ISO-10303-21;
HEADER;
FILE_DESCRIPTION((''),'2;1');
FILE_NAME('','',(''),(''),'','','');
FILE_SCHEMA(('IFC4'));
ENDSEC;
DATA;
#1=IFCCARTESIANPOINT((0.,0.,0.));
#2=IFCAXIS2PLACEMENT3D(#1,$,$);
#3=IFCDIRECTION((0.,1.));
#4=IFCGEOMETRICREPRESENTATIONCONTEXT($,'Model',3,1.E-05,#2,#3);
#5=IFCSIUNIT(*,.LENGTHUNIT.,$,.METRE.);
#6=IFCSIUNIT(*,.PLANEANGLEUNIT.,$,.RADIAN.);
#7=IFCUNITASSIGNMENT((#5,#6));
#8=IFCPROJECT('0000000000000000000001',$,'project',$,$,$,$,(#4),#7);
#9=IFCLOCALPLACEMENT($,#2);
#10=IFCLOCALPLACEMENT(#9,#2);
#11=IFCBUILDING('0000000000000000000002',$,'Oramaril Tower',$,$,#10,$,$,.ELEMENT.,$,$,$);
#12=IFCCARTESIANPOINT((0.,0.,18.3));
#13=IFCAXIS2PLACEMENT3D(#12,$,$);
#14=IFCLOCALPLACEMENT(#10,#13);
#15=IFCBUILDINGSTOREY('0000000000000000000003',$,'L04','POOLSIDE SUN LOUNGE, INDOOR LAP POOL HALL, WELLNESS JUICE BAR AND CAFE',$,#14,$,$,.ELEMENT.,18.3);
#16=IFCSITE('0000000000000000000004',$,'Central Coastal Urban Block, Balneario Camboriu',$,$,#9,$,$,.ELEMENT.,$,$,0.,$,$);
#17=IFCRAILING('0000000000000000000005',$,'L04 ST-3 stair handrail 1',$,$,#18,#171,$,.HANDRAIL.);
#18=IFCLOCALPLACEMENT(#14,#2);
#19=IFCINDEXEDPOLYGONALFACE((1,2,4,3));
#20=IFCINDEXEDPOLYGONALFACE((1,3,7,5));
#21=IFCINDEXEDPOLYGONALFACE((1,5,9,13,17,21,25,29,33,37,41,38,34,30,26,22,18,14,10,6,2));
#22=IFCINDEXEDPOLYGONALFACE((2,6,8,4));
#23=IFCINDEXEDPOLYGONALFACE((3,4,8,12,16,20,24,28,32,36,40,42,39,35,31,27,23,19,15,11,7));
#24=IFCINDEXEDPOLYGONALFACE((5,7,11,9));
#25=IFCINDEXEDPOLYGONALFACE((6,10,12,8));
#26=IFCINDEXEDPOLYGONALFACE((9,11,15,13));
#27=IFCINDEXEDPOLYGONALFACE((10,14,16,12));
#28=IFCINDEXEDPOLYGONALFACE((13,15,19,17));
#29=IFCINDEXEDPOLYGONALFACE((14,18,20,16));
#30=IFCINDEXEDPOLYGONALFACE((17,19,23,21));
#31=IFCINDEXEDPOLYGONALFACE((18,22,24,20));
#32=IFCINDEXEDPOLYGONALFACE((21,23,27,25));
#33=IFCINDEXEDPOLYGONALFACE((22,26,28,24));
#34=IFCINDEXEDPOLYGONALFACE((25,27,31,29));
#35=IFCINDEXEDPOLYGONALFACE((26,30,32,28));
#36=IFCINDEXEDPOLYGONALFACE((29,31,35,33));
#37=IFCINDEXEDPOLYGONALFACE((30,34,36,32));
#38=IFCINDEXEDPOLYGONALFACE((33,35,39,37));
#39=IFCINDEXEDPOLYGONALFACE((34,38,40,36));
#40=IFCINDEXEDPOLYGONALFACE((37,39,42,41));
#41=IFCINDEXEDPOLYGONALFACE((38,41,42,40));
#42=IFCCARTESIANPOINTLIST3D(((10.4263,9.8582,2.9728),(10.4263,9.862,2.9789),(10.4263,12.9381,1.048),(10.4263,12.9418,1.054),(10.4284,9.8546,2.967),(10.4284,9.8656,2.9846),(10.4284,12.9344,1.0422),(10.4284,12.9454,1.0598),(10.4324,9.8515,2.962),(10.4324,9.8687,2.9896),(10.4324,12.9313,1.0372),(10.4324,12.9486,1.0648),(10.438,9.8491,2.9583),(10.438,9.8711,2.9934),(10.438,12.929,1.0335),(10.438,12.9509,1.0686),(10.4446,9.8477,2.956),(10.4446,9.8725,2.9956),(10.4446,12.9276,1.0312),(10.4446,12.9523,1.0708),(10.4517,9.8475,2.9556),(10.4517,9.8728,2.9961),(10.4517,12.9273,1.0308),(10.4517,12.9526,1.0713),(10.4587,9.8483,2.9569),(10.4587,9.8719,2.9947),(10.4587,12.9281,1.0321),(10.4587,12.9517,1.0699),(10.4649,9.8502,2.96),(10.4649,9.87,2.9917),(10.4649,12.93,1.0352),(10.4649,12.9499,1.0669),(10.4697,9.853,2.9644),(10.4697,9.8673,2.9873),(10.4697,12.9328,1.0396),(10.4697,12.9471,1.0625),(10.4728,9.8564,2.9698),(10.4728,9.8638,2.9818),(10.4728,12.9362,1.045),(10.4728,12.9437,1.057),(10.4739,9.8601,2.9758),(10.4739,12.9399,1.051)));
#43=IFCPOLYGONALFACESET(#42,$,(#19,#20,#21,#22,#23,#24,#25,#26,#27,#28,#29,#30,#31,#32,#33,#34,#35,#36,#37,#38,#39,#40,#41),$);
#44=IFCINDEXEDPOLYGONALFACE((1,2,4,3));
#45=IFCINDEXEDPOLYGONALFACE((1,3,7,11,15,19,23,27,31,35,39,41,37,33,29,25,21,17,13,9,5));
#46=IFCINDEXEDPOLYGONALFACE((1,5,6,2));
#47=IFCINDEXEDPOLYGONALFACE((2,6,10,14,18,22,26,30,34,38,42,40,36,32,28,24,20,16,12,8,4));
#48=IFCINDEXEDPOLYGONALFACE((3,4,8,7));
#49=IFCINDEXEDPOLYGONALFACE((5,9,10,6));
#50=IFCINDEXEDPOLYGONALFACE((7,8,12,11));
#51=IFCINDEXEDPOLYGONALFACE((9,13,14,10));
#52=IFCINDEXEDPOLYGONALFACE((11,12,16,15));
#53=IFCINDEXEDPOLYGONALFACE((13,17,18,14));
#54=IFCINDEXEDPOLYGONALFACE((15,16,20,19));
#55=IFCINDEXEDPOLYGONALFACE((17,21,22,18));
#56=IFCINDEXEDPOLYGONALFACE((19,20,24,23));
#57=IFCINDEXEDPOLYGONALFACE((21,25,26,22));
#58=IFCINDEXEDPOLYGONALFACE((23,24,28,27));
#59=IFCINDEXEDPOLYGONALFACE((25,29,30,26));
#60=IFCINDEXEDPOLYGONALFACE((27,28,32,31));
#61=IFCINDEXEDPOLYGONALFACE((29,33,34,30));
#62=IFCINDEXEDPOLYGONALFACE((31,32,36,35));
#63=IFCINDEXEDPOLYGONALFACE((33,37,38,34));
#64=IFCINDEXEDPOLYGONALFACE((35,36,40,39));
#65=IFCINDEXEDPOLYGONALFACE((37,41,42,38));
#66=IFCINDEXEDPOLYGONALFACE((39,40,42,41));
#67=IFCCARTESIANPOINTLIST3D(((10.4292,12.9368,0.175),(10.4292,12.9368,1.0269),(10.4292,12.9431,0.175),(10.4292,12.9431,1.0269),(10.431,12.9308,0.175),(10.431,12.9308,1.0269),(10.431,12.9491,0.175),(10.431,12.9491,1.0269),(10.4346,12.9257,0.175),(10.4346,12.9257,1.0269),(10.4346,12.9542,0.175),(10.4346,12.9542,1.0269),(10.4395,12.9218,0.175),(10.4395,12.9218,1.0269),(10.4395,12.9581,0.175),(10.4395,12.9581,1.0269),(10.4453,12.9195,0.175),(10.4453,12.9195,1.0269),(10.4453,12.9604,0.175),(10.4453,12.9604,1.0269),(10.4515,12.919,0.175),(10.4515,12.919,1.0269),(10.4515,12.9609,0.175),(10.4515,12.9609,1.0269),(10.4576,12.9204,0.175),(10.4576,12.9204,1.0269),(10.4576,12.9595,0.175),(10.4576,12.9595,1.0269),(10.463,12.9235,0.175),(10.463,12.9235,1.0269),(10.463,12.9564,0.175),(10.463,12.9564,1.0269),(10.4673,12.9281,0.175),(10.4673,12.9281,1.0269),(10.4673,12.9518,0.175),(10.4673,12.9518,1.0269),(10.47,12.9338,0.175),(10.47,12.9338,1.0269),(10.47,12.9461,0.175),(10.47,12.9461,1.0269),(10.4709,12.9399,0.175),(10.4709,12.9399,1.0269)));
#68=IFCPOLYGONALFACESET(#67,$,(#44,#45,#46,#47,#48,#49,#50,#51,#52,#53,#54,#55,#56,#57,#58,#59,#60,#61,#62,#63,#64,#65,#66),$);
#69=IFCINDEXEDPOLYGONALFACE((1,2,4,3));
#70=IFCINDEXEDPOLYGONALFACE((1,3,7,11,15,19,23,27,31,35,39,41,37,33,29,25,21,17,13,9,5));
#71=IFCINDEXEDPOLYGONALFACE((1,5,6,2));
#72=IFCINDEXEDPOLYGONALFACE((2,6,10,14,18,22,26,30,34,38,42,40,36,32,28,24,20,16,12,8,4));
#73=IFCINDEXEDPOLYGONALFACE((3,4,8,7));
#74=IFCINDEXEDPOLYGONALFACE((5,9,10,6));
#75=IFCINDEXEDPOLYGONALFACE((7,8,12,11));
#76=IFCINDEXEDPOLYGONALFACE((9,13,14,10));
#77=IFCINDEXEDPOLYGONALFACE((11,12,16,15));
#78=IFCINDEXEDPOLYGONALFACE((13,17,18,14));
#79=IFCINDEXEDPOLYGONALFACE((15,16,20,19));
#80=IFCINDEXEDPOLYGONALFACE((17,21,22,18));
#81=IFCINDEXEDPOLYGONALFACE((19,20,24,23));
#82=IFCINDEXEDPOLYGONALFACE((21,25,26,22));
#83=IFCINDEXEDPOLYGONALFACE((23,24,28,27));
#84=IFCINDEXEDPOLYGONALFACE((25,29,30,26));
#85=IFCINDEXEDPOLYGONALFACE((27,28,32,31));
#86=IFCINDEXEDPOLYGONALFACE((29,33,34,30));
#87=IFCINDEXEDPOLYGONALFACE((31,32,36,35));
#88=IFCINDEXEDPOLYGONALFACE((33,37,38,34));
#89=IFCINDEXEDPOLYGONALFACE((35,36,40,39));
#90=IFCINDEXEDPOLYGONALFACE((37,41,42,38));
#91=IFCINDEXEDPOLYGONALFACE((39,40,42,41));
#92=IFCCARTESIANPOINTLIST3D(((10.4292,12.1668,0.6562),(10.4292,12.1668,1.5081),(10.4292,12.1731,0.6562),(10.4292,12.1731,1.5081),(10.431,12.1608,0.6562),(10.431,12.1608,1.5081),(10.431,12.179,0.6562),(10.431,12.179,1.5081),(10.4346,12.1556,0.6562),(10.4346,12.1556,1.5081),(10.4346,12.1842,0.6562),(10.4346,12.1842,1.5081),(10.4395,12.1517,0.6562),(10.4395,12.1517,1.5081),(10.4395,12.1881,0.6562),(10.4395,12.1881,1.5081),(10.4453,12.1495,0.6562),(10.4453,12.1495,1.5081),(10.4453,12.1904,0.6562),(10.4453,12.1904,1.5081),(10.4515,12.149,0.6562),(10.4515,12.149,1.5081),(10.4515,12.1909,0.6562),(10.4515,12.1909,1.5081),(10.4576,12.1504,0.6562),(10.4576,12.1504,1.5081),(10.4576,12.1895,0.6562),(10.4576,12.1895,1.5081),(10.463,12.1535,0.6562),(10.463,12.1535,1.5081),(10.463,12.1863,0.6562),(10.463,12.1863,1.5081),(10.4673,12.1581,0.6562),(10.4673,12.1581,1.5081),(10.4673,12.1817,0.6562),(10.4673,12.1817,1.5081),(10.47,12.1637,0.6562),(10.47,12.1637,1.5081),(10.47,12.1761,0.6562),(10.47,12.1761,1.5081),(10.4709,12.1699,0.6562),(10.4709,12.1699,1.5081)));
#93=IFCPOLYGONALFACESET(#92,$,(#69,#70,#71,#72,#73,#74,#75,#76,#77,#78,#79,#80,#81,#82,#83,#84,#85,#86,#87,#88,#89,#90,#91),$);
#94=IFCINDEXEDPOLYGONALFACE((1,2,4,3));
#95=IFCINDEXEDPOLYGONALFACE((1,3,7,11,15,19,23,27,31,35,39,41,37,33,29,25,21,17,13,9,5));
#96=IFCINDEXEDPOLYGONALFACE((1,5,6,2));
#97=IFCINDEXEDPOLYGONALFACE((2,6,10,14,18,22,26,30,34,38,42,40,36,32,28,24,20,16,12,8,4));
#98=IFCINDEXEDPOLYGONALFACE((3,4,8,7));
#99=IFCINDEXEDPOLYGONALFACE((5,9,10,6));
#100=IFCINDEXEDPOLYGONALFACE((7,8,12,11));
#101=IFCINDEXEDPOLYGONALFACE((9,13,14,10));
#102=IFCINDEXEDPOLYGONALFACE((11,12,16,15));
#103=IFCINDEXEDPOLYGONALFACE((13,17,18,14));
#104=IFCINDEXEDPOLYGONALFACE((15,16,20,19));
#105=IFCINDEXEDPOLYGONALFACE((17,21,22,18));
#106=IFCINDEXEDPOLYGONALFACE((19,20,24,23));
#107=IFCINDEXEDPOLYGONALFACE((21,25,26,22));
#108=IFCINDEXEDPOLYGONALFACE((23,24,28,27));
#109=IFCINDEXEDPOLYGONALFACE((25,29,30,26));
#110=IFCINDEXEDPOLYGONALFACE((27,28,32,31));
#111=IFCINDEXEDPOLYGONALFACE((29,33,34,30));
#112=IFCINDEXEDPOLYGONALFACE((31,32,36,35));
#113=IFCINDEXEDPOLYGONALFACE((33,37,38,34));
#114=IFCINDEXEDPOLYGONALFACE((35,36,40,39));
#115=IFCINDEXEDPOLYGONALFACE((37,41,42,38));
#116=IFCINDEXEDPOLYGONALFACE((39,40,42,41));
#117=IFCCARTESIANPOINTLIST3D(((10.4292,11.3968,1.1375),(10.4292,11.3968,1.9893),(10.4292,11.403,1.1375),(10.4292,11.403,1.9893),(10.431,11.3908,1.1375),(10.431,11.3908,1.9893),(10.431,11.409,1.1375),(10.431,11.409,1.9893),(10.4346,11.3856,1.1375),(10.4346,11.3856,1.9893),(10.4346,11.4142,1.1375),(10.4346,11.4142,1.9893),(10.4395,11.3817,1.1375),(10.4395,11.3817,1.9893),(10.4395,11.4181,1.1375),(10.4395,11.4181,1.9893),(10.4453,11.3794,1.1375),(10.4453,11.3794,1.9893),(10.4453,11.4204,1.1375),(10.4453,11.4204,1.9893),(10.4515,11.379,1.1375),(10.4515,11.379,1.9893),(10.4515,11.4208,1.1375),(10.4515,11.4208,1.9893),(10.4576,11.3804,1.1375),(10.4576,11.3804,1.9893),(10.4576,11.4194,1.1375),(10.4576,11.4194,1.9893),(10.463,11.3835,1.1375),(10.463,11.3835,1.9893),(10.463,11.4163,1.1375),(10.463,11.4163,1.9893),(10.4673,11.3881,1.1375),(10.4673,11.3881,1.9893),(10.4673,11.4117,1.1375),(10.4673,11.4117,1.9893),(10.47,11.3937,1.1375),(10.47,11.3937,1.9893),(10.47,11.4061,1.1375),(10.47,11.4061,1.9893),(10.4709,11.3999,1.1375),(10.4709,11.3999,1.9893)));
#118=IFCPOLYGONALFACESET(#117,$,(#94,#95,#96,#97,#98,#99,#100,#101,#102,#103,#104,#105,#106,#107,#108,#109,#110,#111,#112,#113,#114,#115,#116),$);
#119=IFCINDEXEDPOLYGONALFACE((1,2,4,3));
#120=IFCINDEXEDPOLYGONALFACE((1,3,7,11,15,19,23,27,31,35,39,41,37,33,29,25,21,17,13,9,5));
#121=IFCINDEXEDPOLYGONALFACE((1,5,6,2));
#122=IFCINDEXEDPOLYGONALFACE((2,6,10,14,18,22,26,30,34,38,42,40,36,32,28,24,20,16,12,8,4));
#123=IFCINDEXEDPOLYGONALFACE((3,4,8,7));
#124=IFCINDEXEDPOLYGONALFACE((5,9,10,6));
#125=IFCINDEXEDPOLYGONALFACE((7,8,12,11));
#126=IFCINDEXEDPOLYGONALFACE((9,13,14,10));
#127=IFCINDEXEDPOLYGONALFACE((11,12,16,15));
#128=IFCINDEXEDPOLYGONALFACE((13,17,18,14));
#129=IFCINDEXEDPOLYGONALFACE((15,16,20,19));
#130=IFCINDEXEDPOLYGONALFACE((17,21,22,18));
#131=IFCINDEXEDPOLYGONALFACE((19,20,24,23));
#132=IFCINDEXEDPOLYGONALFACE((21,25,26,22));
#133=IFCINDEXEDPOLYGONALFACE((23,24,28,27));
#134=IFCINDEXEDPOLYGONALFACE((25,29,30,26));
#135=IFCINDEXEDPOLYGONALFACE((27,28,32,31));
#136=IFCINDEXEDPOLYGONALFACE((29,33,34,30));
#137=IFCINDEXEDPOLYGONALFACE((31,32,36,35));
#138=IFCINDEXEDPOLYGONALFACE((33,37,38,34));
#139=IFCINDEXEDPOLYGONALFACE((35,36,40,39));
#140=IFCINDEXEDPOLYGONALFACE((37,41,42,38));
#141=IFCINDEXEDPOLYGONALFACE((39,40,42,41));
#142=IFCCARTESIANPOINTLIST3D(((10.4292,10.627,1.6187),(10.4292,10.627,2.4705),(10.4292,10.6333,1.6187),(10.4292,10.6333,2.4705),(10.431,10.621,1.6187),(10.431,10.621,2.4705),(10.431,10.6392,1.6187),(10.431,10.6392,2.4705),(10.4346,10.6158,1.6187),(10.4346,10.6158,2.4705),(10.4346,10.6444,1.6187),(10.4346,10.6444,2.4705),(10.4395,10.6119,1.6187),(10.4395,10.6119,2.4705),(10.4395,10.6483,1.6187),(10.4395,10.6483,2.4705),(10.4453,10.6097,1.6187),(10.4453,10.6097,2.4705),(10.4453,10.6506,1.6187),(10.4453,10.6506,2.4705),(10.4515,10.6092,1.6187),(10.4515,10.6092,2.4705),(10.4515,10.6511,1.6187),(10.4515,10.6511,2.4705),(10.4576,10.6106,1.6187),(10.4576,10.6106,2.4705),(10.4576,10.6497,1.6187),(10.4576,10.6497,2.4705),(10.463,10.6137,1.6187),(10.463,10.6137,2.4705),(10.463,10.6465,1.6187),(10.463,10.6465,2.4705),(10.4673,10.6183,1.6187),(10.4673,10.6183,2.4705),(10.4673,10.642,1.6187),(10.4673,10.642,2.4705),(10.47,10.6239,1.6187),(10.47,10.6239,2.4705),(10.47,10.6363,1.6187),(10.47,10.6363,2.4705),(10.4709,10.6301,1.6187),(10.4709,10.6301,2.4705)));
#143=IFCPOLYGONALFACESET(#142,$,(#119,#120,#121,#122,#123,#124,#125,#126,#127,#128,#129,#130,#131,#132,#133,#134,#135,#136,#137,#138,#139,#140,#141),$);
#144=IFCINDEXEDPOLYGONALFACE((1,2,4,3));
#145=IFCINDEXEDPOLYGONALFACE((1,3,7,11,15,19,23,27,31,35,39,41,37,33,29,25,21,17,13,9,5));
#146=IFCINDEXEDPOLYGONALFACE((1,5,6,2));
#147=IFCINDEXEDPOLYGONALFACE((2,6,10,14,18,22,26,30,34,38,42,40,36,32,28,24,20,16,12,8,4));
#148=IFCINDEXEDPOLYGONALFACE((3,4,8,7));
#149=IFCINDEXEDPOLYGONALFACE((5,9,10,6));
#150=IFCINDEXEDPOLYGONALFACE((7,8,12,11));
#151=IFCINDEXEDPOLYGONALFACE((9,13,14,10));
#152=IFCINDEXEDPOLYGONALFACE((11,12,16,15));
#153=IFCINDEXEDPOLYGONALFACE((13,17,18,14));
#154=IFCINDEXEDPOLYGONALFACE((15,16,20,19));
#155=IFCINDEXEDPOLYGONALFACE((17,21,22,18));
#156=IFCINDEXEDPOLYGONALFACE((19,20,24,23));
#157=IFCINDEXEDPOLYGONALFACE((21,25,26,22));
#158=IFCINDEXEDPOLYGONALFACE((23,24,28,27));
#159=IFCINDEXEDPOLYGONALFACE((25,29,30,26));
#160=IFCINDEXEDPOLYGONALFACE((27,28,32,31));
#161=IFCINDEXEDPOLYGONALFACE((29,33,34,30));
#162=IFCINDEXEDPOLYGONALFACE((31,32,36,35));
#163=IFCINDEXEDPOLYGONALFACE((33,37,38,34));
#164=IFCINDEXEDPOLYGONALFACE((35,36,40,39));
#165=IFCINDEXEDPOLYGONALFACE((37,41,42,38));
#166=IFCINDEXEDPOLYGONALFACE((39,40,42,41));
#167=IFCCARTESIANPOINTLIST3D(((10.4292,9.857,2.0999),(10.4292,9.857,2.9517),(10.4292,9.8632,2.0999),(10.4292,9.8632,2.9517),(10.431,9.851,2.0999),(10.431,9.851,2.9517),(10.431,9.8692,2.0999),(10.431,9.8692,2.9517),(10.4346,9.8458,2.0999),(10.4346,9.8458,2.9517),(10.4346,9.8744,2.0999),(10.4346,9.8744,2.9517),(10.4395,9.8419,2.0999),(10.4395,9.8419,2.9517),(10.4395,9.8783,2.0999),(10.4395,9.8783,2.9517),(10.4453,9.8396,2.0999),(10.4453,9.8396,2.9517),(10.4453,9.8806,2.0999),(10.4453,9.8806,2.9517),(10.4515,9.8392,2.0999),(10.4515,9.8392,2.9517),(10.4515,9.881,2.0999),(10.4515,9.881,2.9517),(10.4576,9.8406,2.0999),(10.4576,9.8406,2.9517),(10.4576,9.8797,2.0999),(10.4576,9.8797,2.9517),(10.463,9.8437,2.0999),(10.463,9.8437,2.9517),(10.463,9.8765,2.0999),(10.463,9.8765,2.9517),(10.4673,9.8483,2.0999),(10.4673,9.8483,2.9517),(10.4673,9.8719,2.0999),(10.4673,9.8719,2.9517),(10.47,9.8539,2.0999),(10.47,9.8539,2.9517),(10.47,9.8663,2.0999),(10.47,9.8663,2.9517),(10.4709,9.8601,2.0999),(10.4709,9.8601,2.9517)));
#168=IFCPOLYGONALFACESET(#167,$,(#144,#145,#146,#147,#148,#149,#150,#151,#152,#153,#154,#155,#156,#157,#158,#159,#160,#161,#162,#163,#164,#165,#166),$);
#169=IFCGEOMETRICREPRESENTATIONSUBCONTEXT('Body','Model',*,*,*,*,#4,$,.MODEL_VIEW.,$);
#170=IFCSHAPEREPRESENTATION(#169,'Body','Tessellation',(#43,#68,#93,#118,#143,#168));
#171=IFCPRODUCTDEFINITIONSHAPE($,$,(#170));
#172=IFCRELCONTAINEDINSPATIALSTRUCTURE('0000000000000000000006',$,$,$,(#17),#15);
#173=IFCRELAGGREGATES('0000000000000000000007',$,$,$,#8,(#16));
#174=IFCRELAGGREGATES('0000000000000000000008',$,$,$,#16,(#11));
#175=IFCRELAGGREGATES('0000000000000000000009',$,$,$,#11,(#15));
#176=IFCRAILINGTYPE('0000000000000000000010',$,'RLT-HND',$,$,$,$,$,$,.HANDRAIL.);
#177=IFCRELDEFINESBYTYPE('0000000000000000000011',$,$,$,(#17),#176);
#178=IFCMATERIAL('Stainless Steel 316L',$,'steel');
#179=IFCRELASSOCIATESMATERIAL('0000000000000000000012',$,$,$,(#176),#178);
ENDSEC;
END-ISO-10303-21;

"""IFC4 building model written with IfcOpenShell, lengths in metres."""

from ifc_helpers import new_model, si_unit, direction, frame, origin, origin_2d, place, context, subcontext, project, spatial, circle, extrude, material, type_object, element, save


model = new_model("IFC4")

# Units and contexts
model_context = context("Model", 3, precision=1e-05, world=origin(), true_north=direction((0.0, 1.0)))
body_context = subcontext(model_context, "Body", "Model", "MODEL_VIEW")
ifc_project = project(units=[si_unit("LENGTHUNIT", "METRE"), si_unit("PLANEANGLEUNIT", "RADIAN")], contexts=[model_context])

# Site, building, storey
site_placement = place(None, origin())
site = spatial("IfcSite", under=ifc_project, at=site_placement, Name="Central Coastal Urban Block, Balneario Camboriu", CompositionType="ELEMENT", RefElevation=0.0)
building_placement = place(site_placement, origin())
building = spatial("IfcBuilding", under=site, at=building_placement, Name="Oramaril Tower", CompositionType="ELEMENT")
storey_placement = place(building_placement, frame((0.0, 0.0, 18.3)))
storey = spatial("IfcBuildingStorey", under=building, at=storey_placement, Name="L04", Description="POOLSIDE SUN LOUNGE, INDOOR LAP POOL HALL, WELLNESS JUICE BAR AND CAFE", CompositionType="ELEMENT", Elevation=18.3)

# Railing
ifc_material_1 = material(Name="Stainless Steel 316L", Category="steel")
railing_type_1 = type_object("IfcRailingType", Name="RLT-HND", PredefinedType="HANDRAIL", material=ifc_material_1)
railing_1_placement = place(storey_placement, frame((10.45, 12.9399, 0.175)))
element("IfcRailing", 1, at=railing_1_placement, inside=storey, type_object=railing_type_1, Name="L04 ST-3 stair handrail 1", PredefinedType="HANDRAIL", context=body_context, shape_type="SweptSolid", body=[
    extrude(circle(Radius=0.0239, at=origin_2d()), frame((0.0, 0.0, 0.876), z_axis=(0.0, -0.84801, 0.529981), x_axis=(1.0, 0.0, 0.0)), (0.0, 0.0, 1.0), 3.6318),
    extrude(circle(Radius=0.021, at=origin_2d()), origin(), (0.0, 0.0, 1.0), 0.8518),
    extrude(circle(Radius=0.021, at=origin_2d()), frame((0.0, -0.77, 0.4812)), (0.0, 0.0, 1.0), 0.8518),
    extrude(circle(Radius=0.021, at=origin_2d()), frame((0.0, -1.54, 0.9624)), (0.0, 0.0, 1.0), 0.8518),
    extrude(circle(Radius=0.021, at=origin_2d()), frame((0.0, -2.3098, 1.4436)), (0.0, 0.0, 1.0), 0.8518),
    extrude(circle(Radius=0.021, at=origin_2d()), frame((0.0, -3.0798, 1.9248)), (0.0, 0.0, 1.0), 0.8518),
])

save(model, "model.ifc")
